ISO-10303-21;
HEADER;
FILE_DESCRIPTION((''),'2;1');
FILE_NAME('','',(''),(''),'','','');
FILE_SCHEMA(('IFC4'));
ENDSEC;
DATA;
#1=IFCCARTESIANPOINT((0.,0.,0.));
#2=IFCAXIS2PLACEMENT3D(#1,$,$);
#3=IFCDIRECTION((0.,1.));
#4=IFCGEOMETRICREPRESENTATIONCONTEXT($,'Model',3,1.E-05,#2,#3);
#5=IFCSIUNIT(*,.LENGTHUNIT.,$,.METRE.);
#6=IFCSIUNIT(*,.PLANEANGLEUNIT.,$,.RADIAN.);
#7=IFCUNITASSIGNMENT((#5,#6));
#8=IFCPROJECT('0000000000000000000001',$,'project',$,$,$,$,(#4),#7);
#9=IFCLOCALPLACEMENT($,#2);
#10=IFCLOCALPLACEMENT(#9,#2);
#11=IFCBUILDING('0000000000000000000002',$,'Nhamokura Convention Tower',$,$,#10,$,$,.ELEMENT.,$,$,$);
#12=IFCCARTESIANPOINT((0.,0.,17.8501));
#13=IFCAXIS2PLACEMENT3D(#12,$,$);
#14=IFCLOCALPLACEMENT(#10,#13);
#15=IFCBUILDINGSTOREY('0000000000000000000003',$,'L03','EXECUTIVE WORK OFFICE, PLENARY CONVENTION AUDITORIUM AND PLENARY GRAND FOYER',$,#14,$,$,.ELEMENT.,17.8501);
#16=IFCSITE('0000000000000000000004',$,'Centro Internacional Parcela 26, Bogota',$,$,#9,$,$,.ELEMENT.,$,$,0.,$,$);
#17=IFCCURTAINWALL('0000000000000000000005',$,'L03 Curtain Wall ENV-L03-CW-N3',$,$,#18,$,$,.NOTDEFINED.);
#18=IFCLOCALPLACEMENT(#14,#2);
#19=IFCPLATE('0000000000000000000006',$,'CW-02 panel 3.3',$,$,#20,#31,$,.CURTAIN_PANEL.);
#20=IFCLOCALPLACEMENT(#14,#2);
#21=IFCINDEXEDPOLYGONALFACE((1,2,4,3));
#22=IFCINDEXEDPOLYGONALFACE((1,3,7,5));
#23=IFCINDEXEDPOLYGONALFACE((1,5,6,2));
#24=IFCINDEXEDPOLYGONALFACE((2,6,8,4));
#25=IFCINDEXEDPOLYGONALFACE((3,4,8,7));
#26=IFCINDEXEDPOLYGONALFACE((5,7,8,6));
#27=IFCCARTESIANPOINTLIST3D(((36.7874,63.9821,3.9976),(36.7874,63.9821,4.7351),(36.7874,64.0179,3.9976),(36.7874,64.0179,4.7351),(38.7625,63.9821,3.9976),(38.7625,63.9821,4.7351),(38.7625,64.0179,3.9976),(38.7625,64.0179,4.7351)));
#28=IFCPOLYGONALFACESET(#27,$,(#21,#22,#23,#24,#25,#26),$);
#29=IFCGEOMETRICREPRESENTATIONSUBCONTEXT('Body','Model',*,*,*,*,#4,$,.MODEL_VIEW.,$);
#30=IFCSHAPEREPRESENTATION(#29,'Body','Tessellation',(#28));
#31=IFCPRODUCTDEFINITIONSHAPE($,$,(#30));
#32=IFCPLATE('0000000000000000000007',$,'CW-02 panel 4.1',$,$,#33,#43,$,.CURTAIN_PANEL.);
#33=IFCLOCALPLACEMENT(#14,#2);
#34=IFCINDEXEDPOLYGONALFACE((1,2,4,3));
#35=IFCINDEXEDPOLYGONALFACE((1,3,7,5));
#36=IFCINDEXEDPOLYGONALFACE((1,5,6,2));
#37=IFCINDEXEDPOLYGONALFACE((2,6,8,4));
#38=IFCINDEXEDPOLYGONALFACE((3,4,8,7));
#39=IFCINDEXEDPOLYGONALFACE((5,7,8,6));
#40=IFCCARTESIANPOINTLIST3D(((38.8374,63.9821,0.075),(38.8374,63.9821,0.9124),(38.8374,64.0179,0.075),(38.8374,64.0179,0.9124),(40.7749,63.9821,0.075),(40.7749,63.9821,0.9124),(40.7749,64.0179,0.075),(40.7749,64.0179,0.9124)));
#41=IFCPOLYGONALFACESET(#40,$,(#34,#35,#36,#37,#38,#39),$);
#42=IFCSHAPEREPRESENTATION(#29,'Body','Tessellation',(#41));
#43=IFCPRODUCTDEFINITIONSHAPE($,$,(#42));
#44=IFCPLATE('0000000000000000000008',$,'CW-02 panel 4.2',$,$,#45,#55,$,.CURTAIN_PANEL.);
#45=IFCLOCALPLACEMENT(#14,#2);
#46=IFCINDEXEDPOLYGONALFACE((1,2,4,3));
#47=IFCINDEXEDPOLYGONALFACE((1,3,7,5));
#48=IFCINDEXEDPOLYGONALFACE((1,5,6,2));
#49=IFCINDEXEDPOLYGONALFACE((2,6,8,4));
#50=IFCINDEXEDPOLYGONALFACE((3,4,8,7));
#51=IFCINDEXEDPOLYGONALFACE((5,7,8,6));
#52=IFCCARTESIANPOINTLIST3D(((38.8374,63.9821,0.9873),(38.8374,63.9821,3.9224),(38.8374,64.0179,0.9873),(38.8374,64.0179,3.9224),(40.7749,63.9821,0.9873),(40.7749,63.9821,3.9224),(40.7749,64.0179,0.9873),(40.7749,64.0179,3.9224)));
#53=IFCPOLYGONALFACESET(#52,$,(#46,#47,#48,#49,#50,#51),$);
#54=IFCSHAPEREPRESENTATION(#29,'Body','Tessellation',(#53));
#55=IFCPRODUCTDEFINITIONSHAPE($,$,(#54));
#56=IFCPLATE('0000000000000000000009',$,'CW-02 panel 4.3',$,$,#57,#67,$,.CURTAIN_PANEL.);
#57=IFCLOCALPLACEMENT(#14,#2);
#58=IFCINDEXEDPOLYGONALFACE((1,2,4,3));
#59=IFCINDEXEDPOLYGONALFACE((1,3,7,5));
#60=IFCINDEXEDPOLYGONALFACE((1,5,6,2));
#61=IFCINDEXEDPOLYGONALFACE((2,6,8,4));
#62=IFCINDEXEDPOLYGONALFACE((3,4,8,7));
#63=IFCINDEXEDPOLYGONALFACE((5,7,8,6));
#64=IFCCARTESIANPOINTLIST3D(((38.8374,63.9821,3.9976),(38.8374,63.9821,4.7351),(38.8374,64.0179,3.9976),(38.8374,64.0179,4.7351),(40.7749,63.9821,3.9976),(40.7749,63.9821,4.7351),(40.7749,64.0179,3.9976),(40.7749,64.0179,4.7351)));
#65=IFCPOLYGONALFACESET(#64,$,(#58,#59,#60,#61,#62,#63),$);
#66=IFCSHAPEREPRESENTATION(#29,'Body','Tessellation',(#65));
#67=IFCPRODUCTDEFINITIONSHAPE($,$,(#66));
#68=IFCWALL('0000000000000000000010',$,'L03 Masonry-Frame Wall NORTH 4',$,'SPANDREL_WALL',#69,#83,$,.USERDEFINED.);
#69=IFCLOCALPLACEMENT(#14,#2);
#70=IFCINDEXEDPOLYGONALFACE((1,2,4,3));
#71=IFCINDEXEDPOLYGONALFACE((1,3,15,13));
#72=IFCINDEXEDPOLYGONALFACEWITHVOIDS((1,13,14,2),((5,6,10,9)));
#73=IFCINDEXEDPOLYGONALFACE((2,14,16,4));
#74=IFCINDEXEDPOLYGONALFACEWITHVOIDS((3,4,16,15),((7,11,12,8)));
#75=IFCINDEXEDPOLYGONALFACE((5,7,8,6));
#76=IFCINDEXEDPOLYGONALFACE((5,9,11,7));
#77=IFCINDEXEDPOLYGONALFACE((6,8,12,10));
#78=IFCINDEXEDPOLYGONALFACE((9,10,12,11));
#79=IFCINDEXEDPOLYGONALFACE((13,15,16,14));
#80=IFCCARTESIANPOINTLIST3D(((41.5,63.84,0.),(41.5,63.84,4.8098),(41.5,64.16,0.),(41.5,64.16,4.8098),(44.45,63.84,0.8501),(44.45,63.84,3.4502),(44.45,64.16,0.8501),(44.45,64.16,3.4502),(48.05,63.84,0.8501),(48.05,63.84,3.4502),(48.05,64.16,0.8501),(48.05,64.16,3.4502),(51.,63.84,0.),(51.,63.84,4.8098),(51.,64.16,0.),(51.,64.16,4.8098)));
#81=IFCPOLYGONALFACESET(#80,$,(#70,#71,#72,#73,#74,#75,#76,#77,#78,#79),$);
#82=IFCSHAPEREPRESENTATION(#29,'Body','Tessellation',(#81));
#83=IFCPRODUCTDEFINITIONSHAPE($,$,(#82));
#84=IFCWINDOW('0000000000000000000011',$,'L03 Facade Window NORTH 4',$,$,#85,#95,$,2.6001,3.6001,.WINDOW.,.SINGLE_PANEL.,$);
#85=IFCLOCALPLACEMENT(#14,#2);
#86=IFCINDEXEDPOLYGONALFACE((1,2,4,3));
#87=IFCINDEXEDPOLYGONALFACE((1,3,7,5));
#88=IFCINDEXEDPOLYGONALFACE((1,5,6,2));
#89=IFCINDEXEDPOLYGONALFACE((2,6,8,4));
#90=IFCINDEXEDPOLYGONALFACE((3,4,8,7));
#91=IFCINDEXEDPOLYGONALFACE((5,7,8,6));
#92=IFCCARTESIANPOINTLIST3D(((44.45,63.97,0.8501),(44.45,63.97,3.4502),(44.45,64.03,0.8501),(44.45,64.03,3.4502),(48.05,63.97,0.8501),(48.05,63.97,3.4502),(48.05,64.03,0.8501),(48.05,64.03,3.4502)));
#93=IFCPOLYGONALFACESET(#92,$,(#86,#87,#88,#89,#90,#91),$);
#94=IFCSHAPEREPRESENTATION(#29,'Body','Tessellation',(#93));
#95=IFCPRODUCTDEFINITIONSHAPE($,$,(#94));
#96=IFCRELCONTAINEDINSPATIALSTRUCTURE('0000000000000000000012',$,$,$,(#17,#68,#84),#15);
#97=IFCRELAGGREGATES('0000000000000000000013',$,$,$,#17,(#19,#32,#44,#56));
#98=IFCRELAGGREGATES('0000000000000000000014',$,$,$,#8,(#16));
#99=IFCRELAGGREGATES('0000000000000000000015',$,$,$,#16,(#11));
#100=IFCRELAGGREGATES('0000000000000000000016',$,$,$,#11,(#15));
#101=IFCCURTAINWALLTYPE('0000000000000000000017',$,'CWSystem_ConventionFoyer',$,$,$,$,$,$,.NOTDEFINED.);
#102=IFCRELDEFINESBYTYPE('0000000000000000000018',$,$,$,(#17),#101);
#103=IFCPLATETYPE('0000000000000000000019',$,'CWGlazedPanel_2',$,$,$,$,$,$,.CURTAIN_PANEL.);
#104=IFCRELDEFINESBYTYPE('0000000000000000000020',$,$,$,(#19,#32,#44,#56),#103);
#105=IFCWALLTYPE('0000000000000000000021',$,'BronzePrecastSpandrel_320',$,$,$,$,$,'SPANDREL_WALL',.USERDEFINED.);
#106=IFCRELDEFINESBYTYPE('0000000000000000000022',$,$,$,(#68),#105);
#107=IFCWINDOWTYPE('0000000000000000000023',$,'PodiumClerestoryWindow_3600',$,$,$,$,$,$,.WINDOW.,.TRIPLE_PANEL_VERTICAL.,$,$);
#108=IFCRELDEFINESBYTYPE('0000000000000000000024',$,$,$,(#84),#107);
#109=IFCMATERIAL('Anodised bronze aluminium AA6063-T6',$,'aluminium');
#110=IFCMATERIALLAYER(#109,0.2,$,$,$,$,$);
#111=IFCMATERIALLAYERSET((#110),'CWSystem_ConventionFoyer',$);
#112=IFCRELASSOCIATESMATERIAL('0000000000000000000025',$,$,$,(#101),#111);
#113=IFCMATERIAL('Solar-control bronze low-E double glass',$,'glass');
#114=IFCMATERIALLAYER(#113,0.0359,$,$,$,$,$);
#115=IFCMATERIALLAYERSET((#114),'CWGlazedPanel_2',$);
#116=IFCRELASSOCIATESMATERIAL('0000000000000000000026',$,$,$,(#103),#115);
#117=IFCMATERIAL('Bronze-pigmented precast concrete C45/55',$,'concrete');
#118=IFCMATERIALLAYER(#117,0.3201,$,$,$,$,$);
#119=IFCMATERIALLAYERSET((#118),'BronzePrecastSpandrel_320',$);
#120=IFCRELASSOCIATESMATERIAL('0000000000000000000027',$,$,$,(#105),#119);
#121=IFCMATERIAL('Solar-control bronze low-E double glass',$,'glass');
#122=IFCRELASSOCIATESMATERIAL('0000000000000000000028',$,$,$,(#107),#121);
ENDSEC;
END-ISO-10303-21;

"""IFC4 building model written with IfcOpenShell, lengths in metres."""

from ifc_helpers import new_model, si_unit, direction, frame, frame_2d, origin, origin_2d, place, context, subcontext, project, spatial, rectangle, extrude, material, layer, layer_set, type_object, element, fill, aggregate, save


model = new_model("IFC4")

# Units and contexts
model_context = context("Model", 3, precision=1e-05, world=origin(), true_north=direction((0.0, 1.0)))
body_context = subcontext(model_context, "Body", "Model", "MODEL_VIEW")
ifc_project = project(units=[si_unit("LENGTHUNIT", "METRE"), si_unit("PLANEANGLEUNIT", "RADIAN")], contexts=[model_context])

# Site, building, storey
site_placement = place(None, origin())
site = spatial("IfcSite", under=ifc_project, at=site_placement, Name="Centro Internacional Parcela 26, Bogota", CompositionType="ELEMENT", RefElevation=0.0)
building_placement = place(site_placement, origin())
building = spatial("IfcBuilding", under=site, at=building_placement, Name="Nhamokura Convention Tower", CompositionType="ELEMENT")
storey_placement = place(building_placement, frame((0.0, 0.0, 17.8501)))
storey = spatial("IfcBuildingStorey", under=building, at=storey_placement, Name="L03", Description="EXECUTIVE WORK OFFICE, PLENARY CONVENTION AUDITORIUM AND PLENARY GRAND FOYER", CompositionType="ELEMENT", Elevation=17.8501)

# Curtain wall
ifc_material_1 = material(Name="Anodised bronze aluminium AA6063-T6", Category="aluminium")
ifc_layer_1 = layer(ifc_material_1, 0.2)
ifc_layer_set_1 = layer_set([ifc_layer_1], Name="CWSystem_ConventionFoyer")
curtain_wall_type = type_object("IfcCurtainWallType", Name="CWSystem_ConventionFoyer", PredefinedType="NOTDEFINED", material=ifc_layer_set_1)
curtain_wall_placement = place(storey_placement, origin())
curtain_wall = element("IfcCurtainWall", 1, at=curtain_wall_placement, inside=storey, type_object=curtain_wall_type, Name="L03 Curtain Wall ENV-L03-CW-N3", PredefinedType="NOTDEFINED")

# Plates
ifc_material_2 = material(Name="Solar-control bronze low-E double glass", Category="glass")
ifc_layer_2 = layer(ifc_material_2, 0.0359)
ifc_layer_set_2 = layer_set([ifc_layer_2], Name="CWGlazedPanel_2")
plate_type = type_object("IfcPlateType", Name="CWGlazedPanel_2", PredefinedType="CURTAIN_PANEL", material=ifc_layer_set_2)
plate_1_placement = place(storey_placement, frame((37.7749, 64.0, 3.9976), z_axis=(0.0, 0.0, 1.0), x_axis=(1.0, 0.0, 0.0)))
plate_1 = element("IfcPlate", 2, at=plate_1_placement, type_object=plate_type, Name="CW-02 panel 3.3", PredefinedType="CURTAIN_PANEL", context=body_context, shape_type="SweptSolid", body=[
    extrude(rectangle(XDim=1.9751, YDim=0.0359, at=origin_2d()), origin(), (0.0, 0.0, 1.0), 0.7375),
])
plate_2_placement = place(storey_placement, frame((39.8062, 64.0, 0.075), z_axis=(0.0, 0.0, 1.0), x_axis=(1.0, 0.0, 0.0)))
plate_2 = element("IfcPlate", 3, at=plate_2_placement, type_object=plate_type, Name="CW-02 panel 4.1", PredefinedType="CURTAIN_PANEL", context=body_context, shape_type="SweptSolid", body=[
    extrude(rectangle(XDim=1.9375, YDim=0.0359, at=origin_2d()), origin(), (0.0, 0.0, 1.0), 0.8374),
])
plate_3_placement = place(storey_placement, frame((39.8062, 64.0, 0.9873), z_axis=(0.0, 0.0, 1.0), x_axis=(1.0, 0.0, 0.0)))
plate_3 = element("IfcPlate", 4, at=plate_3_placement, type_object=plate_type, Name="CW-02 panel 4.2", PredefinedType="CURTAIN_PANEL", context=body_context, shape_type="SweptSolid", body=[
    extrude(rectangle(XDim=1.9375, YDim=0.0359, at=origin_2d()), origin(), (0.0, 0.0, 1.0), 2.9351),
])
plate_4_placement = place(storey_placement, frame((39.8062, 64.0, 3.9976), z_axis=(0.0, 0.0, 1.0), x_axis=(1.0, 0.0, 0.0)))
plate_4 = element("IfcPlate", 5, at=plate_4_placement, type_object=plate_type, Name="CW-02 panel 4.3", PredefinedType="CURTAIN_PANEL", context=body_context, shape_type="SweptSolid", body=[
    extrude(rectangle(XDim=1.9375, YDim=0.0359, at=origin_2d()), origin(), (0.0, 0.0, 1.0), 0.7375),
])
aggregate(curtain_wall, [plate_1, plate_2, plate_3, plate_4])

# Wall, opening, window
ifc_material_3 = material(Name="Bronze-pigmented precast concrete C45/55", Category="concrete")
ifc_layer_3 = layer(ifc_material_3, 0.3201)
ifc_layer_set_3 = layer_set([ifc_layer_3], Name="BronzePrecastSpandrel_320")
wall_type = type_object("IfcWallType", Name="BronzePrecastSpandrel_320", ElementType="SPANDREL_WALL", PredefinedType="USERDEFINED", material=ifc_layer_set_3)
wall_placement = place(storey_placement, frame((41.5, 64.0, 0.0), z_axis=(0.0, 0.0, 1.0), x_axis=(1.0, 0.0, 0.0)))
wall = element("IfcWall", 6, at=wall_placement, inside=storey, type_object=wall_type, Name="L03 Masonry-Frame Wall NORTH 4", ObjectType="SPANDREL_WALL", PredefinedType="USERDEFINED", context=body_context, shape_type="SweptSolid", body=[
    extrude(rectangle(XDim=9.5, YDim=0.3201, at=frame_2d((4.75, 0.0))), origin(), (0.0, 0.0, 1.0), 4.8098),
])
opening_placement = place(wall_placement, frame((2.95, 0.0, 0.8501)))
opening = element("IfcOpeningElement", 7, at=opening_placement, cuts=wall, PredefinedType="OPENING", context=body_context, shape_type="SweptSolid", body=[
    extrude(rectangle(XDim=3.6001, YDim=2.6001, at=frame_2d((1.8, 1.3))), frame((0.0, 0.1699, 0.0), z_axis=(0.0, -1.0, 0.0), x_axis=(1.0, 0.0, 0.0)), (0.0, 0.0, 1.0), 0.3401),
])
ifc_material_4 = material(Name="Solar-control bronze low-E double glass", Category="glass")
window_type = type_object("IfcWindowType", Name="PodiumClerestoryWindow_3600", PartitioningType="TRIPLE_PANEL_VERTICAL", PredefinedType="WINDOW", material=ifc_material_4)
window_placement = place(opening_placement, origin())
window = element("IfcWindow", 8, at=window_placement, inside=storey, type_object=window_type, Name="L03 Facade Window NORTH 4", OverallHeight=2.6001, OverallWidth=3.6001, PartitioningType="SINGLE_PANEL", PredefinedType="WINDOW", context=body_context, shape_type="SweptSolid", body=[
    extrude(rectangle(XDim=3.6001, YDim=2.6001, at=frame_2d((1.8, 1.3))), frame((0.0, 0.03, 0.0), z_axis=(0.0, -1.0, 0.0), x_axis=(1.0, 0.0, 0.0)), (0.0, 0.0, 1.0), 0.0601),
])
fill(opening, window)

save(model, "model.ifc")
